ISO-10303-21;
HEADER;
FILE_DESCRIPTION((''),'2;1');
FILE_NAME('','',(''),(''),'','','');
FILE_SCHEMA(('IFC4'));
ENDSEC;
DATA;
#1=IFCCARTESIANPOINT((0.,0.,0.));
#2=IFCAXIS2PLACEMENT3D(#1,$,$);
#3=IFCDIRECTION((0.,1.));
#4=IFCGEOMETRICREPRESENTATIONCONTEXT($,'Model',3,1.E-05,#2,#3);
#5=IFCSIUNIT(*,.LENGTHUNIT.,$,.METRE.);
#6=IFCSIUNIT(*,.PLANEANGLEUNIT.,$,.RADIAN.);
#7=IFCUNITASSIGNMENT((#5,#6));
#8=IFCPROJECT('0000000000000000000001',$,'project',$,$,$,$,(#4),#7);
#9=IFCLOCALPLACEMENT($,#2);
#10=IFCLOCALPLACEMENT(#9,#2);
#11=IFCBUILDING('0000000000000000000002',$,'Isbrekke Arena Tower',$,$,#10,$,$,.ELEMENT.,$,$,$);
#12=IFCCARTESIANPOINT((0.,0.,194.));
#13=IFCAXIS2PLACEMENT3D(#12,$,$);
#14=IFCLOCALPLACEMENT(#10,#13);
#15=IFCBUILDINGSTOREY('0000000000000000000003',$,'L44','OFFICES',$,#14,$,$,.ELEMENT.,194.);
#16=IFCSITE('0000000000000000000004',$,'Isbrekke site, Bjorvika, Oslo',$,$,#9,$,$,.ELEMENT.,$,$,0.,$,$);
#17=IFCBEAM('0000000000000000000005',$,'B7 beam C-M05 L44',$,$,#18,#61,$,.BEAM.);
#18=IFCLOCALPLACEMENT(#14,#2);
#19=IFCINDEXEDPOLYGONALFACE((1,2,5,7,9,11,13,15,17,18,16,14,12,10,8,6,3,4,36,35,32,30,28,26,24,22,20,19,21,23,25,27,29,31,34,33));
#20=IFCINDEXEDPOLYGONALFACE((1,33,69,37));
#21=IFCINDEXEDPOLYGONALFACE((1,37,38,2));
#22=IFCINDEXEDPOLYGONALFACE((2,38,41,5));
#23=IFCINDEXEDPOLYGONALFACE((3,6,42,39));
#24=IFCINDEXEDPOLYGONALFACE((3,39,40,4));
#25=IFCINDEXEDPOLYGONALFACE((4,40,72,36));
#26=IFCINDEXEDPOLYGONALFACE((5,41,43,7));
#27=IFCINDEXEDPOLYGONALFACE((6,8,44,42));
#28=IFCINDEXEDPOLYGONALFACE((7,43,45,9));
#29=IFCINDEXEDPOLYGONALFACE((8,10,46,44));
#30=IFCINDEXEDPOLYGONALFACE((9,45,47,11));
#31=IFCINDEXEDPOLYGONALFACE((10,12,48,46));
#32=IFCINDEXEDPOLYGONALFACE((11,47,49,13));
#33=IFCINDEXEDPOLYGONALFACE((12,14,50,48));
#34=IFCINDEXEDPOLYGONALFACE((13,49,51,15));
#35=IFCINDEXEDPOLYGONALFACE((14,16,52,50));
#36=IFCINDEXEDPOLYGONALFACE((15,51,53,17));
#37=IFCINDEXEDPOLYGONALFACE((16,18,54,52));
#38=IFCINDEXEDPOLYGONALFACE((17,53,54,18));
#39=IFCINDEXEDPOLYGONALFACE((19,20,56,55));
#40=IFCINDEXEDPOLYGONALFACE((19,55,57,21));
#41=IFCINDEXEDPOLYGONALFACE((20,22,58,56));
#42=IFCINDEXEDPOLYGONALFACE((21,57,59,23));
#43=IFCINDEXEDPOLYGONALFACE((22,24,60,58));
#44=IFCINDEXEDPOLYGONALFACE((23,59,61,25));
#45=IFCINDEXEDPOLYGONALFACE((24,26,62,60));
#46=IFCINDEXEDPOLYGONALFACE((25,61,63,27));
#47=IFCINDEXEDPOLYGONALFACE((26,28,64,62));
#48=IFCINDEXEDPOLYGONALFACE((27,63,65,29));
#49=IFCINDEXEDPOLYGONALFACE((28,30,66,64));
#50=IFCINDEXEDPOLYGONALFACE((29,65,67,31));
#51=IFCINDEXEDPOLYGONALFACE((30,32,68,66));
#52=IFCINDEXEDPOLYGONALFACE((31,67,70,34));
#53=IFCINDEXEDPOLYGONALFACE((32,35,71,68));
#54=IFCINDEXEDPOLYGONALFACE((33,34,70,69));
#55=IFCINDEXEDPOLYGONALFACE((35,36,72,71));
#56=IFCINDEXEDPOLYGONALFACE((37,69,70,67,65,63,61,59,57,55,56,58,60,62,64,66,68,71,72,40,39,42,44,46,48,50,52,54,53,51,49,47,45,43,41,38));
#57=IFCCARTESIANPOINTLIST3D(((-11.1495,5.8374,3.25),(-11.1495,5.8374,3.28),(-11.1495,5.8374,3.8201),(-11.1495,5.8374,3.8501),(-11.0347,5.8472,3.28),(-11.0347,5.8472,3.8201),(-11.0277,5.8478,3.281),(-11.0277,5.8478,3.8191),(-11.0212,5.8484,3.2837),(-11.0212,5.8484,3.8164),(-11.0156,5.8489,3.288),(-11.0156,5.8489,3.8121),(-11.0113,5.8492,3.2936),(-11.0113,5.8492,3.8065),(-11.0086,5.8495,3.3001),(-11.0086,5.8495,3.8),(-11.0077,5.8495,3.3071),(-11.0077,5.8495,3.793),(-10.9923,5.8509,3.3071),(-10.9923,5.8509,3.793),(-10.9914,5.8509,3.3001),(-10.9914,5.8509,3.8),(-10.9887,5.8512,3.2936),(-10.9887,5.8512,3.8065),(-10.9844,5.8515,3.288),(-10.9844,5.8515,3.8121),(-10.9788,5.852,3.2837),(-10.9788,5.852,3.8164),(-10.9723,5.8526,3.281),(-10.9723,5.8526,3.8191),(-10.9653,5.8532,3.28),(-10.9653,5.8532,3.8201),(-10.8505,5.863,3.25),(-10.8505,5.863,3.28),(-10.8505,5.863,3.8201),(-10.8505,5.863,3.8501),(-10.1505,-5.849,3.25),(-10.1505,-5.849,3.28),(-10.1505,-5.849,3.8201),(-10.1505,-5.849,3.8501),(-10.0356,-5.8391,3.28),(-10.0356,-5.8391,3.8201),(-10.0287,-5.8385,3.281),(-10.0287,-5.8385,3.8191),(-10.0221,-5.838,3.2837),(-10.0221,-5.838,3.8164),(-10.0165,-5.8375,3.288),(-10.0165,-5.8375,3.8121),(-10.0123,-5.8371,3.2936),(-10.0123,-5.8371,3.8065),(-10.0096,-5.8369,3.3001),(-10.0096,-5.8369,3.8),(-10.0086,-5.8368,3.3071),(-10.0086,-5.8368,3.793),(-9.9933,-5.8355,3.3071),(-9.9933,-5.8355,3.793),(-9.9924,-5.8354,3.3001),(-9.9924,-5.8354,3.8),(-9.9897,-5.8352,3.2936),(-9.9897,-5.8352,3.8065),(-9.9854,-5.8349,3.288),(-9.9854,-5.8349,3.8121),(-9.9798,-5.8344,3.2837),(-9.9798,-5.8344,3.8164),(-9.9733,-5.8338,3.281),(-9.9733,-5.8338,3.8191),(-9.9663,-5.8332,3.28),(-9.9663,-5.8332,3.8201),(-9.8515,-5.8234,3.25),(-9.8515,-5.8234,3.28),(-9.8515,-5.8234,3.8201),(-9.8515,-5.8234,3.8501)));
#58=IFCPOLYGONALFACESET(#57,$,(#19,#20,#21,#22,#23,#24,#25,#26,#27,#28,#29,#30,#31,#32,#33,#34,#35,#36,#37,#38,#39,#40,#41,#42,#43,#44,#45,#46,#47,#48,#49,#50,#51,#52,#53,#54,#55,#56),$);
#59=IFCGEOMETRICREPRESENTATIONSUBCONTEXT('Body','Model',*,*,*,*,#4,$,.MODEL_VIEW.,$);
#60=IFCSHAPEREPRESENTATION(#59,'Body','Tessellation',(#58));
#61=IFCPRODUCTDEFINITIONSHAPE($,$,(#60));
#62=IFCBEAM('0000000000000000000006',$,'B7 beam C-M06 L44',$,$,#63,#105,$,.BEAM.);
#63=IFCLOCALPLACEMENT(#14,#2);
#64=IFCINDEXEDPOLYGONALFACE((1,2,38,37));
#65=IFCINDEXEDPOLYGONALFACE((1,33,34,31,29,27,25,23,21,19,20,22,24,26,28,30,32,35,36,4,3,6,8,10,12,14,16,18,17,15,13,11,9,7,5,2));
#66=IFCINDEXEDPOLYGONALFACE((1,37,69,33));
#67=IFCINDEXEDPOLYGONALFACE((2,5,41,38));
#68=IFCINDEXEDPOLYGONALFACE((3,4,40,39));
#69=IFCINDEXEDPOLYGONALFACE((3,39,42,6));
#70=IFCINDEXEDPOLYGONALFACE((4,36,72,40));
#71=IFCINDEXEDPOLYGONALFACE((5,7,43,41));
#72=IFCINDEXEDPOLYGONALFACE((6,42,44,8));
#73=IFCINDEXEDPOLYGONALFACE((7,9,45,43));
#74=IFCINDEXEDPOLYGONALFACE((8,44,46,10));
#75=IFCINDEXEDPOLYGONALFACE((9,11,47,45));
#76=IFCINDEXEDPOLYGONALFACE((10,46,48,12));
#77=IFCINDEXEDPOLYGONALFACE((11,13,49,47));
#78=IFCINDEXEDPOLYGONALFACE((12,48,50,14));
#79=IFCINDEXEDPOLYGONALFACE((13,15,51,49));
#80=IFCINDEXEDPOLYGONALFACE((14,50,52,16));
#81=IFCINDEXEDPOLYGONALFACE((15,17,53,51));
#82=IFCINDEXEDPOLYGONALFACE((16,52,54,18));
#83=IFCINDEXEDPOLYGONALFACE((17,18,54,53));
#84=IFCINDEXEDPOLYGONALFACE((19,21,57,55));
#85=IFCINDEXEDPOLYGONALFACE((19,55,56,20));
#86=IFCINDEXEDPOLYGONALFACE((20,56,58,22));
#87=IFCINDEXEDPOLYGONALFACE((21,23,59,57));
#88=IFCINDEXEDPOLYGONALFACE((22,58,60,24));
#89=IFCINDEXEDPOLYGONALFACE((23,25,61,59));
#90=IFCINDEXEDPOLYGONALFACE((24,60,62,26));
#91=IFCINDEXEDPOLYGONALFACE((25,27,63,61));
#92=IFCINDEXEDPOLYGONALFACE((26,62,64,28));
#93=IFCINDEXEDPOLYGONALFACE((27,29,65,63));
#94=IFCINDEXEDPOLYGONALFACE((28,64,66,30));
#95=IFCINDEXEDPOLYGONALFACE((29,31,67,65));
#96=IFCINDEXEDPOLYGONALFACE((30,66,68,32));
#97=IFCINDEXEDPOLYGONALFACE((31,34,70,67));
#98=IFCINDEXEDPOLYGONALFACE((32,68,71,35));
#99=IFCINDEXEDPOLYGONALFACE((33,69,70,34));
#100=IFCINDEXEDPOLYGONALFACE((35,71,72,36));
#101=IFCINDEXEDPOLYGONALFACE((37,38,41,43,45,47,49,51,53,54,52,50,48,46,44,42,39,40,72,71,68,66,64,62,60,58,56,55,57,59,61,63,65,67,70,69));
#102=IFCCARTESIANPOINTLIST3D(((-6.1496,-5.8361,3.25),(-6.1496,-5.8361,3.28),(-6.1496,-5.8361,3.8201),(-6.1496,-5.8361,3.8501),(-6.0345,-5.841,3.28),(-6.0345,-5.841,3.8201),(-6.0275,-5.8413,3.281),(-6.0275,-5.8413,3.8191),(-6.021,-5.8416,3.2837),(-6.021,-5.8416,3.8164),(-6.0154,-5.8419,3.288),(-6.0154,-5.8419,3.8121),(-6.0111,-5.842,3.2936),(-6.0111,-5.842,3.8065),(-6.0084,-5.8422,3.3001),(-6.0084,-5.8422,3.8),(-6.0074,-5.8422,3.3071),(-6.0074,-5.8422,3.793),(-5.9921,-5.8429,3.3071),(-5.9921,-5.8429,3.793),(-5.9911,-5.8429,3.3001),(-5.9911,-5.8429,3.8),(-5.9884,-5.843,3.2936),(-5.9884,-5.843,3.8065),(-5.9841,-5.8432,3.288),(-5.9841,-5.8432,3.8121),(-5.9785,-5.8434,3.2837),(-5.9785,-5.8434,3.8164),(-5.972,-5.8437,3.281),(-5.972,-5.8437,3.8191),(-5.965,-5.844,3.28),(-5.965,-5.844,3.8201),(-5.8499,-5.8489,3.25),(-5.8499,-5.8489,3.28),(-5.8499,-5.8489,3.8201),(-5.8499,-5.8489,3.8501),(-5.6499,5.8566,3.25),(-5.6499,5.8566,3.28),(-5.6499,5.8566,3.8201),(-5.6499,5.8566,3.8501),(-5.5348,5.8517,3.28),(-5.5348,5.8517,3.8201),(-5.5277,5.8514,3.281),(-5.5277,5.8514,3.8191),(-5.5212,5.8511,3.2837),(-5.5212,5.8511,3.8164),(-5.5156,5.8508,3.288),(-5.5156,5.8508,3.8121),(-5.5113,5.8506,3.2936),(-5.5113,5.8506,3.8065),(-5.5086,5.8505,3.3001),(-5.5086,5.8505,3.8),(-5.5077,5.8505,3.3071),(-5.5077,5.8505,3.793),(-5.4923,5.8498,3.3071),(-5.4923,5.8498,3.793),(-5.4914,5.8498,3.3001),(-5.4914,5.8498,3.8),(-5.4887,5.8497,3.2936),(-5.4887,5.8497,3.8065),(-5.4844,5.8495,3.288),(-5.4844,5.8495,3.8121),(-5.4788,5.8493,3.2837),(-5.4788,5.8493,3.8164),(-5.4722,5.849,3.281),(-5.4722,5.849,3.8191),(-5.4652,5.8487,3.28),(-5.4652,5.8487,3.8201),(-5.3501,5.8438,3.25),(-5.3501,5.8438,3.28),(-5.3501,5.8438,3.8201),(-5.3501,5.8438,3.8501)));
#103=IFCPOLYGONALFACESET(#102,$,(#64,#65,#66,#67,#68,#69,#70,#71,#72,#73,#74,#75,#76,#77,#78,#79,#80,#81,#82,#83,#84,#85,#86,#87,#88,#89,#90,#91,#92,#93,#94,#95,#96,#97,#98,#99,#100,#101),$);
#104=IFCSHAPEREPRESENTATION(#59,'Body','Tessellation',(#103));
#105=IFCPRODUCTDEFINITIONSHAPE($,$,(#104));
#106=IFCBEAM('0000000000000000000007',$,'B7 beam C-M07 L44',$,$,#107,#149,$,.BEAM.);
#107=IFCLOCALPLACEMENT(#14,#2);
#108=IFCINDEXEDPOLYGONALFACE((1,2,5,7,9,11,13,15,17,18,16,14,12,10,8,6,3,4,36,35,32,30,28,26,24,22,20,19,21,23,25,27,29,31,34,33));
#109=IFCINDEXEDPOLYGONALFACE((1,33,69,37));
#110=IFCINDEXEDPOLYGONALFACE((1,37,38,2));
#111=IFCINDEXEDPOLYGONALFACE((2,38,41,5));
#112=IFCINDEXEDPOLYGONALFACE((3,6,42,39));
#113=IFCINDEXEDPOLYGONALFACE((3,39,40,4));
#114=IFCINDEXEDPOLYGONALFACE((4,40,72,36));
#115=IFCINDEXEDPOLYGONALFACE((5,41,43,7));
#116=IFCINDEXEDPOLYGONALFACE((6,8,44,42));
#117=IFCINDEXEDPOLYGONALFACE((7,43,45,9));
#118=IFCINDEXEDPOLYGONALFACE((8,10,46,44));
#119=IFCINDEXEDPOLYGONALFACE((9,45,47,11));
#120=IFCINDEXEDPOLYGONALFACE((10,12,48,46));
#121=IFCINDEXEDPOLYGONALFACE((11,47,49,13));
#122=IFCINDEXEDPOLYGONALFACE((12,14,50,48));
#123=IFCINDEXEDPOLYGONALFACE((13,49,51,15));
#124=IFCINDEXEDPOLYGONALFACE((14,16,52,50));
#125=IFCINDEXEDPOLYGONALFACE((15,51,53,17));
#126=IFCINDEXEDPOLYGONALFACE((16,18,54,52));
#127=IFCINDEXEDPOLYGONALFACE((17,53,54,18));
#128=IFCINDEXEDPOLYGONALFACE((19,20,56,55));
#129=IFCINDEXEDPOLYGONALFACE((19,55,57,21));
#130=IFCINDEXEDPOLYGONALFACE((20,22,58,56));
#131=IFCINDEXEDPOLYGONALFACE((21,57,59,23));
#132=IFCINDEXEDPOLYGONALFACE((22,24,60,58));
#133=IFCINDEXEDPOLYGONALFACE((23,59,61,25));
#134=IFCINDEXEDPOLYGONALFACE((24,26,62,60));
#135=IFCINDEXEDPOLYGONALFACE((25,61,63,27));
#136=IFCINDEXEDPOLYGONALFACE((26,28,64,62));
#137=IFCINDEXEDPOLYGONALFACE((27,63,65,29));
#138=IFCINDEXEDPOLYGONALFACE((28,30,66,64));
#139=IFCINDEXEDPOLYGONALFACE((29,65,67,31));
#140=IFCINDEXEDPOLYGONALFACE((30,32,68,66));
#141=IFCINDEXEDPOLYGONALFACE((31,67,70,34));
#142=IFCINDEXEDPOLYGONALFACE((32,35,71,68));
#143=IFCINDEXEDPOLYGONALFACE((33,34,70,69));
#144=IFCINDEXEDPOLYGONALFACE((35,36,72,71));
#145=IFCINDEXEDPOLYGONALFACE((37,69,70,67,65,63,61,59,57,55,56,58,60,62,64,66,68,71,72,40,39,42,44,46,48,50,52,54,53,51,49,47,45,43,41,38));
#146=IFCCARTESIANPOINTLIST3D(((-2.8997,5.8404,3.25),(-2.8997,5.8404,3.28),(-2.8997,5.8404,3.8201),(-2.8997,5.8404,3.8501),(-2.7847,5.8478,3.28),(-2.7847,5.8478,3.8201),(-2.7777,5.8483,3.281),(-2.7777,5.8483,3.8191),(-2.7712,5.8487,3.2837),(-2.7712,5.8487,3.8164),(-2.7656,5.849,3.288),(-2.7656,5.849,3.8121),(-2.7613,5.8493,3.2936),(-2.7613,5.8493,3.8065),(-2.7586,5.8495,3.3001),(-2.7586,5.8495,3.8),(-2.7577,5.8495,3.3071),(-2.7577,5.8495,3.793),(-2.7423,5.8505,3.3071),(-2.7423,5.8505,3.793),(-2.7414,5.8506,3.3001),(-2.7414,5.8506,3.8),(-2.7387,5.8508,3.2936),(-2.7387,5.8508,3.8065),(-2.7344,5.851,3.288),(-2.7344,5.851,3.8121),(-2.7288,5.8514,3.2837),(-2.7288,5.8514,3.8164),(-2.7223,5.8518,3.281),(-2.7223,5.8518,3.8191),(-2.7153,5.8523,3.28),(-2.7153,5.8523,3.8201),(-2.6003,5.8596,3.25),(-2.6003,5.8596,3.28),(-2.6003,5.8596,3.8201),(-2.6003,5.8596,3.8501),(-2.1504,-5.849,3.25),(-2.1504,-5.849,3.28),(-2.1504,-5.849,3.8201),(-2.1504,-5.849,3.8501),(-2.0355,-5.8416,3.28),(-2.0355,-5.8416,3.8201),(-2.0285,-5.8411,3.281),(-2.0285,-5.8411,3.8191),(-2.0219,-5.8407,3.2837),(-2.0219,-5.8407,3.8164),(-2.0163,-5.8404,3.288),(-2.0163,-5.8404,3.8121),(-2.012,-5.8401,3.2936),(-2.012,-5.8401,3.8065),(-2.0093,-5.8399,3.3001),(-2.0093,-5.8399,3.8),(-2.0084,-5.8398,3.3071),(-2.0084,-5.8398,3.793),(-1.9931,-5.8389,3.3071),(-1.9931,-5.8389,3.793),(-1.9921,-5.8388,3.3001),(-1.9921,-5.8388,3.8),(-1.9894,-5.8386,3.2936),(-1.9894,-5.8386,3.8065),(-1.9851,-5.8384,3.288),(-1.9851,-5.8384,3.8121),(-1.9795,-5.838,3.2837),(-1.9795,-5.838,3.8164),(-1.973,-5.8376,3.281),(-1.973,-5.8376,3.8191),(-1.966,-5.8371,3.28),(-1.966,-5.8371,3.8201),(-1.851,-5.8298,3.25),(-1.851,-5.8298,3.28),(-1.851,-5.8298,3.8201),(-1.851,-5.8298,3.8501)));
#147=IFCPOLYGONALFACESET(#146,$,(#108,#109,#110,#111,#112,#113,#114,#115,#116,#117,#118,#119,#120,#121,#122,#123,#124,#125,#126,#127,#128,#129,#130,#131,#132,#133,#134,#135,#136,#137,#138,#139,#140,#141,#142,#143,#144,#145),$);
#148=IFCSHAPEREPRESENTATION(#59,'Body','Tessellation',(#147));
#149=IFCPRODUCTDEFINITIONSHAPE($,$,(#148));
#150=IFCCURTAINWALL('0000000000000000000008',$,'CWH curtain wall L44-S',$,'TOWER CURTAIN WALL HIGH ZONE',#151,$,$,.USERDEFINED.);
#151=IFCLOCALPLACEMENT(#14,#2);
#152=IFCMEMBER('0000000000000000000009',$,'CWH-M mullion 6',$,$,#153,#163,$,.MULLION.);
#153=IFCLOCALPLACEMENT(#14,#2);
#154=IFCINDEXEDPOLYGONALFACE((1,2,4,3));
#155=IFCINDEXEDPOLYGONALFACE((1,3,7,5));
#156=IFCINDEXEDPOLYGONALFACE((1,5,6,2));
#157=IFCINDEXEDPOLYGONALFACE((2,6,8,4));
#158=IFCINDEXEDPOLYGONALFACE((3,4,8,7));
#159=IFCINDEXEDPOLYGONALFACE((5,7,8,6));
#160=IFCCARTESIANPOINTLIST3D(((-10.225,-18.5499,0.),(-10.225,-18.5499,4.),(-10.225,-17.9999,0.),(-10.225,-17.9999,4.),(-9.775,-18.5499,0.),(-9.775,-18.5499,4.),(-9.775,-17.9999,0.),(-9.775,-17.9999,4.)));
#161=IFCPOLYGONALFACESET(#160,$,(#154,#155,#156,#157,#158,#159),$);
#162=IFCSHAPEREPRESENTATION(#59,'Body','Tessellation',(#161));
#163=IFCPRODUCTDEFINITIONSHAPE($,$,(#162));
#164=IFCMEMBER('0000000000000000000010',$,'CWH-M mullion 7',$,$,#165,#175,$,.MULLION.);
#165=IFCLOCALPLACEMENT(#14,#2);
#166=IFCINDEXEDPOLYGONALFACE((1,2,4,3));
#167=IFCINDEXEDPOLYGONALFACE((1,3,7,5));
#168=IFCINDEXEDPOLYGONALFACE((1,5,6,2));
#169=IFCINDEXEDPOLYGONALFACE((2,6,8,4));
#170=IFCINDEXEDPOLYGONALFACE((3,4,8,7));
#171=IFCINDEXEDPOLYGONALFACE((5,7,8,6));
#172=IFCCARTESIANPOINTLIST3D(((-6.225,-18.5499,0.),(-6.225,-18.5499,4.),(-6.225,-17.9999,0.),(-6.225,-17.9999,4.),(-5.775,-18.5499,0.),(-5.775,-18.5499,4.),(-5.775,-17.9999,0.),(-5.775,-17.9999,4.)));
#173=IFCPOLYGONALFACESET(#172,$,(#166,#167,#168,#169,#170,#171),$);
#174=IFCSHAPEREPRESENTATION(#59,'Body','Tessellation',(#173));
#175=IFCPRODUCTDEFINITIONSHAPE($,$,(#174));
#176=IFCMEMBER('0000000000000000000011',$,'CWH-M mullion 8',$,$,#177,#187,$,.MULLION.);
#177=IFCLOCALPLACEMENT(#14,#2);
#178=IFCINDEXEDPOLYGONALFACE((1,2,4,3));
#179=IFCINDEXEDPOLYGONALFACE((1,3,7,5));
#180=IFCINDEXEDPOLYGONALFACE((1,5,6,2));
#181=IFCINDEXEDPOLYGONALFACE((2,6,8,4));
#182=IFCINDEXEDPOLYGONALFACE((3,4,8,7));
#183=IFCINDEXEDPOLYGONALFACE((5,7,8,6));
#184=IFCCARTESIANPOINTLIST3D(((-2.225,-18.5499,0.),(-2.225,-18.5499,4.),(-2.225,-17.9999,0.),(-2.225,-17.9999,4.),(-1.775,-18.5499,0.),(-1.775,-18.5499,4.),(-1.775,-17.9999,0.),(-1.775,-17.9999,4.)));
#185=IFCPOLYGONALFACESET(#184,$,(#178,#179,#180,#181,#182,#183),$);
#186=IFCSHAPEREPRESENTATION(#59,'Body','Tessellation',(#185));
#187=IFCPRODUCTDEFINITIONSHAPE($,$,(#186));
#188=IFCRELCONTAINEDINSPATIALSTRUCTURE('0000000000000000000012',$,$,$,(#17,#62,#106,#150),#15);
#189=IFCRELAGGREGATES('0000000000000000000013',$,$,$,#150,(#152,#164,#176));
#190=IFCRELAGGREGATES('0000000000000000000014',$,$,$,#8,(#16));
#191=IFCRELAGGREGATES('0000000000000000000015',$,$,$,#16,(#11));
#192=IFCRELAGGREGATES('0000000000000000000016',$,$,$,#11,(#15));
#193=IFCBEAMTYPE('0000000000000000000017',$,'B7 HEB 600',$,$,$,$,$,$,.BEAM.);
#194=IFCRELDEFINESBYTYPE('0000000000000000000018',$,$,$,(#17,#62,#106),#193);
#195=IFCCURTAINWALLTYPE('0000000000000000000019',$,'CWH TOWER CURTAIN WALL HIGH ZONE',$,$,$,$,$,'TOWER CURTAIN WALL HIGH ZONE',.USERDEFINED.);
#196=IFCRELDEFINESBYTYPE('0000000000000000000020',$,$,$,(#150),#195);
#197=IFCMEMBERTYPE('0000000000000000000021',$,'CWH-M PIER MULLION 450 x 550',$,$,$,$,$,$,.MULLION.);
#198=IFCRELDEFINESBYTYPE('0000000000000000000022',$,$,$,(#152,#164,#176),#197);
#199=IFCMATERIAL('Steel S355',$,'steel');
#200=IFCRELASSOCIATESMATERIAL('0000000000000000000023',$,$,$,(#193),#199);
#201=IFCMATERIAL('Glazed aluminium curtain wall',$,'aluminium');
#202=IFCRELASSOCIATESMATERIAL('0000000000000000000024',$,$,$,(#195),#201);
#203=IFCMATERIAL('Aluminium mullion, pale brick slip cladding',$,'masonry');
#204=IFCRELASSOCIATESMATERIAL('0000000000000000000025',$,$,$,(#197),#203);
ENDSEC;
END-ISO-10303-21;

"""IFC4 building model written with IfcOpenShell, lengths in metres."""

from ifc_helpers import new_model, si_unit, direction, frame, origin, origin_2d, place, context, subcontext, project, spatial, rectangle, i_section, extrude, material, material_profile, profile_set, type_object, element, aggregate, save


model = new_model("IFC4")

# Units and contexts
model_context = context("Model", 3, precision=1e-05, world=origin(), true_north=direction((0.0, 1.0)))
body_context = subcontext(model_context, "Body", "Model", "MODEL_VIEW")
ifc_project = project(units=[si_unit("LENGTHUNIT", "METRE"), si_unit("PLANEANGLEUNIT", "RADIAN")], contexts=[model_context])

# Site, building, storey
site_placement = place(None, origin())
site = spatial("IfcSite", under=ifc_project, at=site_placement, Name="Isbrekke site, Bjorvika, Oslo", CompositionType="ELEMENT", RefElevation=0.0)
building_placement = place(site_placement, origin())
building = spatial("IfcBuilding", under=site, at=building_placement, Name="Isbrekke Arena Tower", CompositionType="ELEMENT")
storey_placement = place(building_placement, frame((0.0, 0.0, 194.0)))
storey = spatial("IfcBuildingStorey", under=building, at=storey_placement, Name="L44", Description="OFFICES", CompositionType="ELEMENT", Elevation=194.0)

# Beams
ifc_material_1 = material(Name="Steel S355", Category="steel")
ifc_material_profile_1 = material_profile(ifc_material_1, i_section(OverallWidth=0.3, OverallDepth=0.6001, WebThickness=0.0154, FlangeThickness=0.03, FilletRadius=0.0271, at=origin_2d()), Name="HEB 600")
ifc_profile_set_1 = profile_set([ifc_material_profile_1], Name="Steel S355")
beam_type_1 = type_object("IfcBeamType", Name="B7 HEB 600", PredefinedType="BEAM", material=ifc_profile_set_1)
beam_1_placement = place(storey_placement, frame((-10.001, -5.8362, 3.55), z_axis=(-0.085176, 0.996366, 0.0), x_axis=(-0.996366, -0.085176, 0.0)))
element("IfcBeam", 1, at=beam_1_placement, inside=storey, type_object=beam_type_1, Name="B7 beam C-M05 L44", PredefinedType="BEAM", context=body_context, shape_type="SweptSolid", body=[
    extrude(i_section(OverallWidth=0.3, OverallDepth=0.6001, WebThickness=0.0154, FlangeThickness=0.03, FilletRadius=0.0271, at=origin_2d()), origin(), (0.0, 0.0, 1.0), 11.729),
])
beam_2_placement = place(storey_placement, frame((-5.9998, -5.8425, 3.55), z_axis=(0.042702, 0.999088, 0.0), x_axis=(-0.999088, 0.042702, 0.0)))
element("IfcBeam", 2, at=beam_2_placement, inside=storey, type_object=beam_type_1, Name="B7 beam C-M06 L44", PredefinedType="BEAM", context=body_context, shape_type="SweptSolid", body=[
    extrude(i_section(OverallWidth=0.3, OverallDepth=0.6001, WebThickness=0.0154, FlangeThickness=0.03, FilletRadius=0.0271, at=origin_2d()), origin(), (0.0, 0.0, 1.0), 11.7034),
])
beam_3_placement = place(storey_placement, frame((-2.0007, -5.8394, 3.55), z_axis=(-0.063966, 0.997952, 0.0), x_axis=(-0.997952, -0.063966, 0.0)))
element("IfcBeam", 3, at=beam_3_placement, inside=storey, type_object=beam_type_1, Name="B7 beam C-M07 L44", PredefinedType="BEAM", context=body_context, shape_type="SweptSolid", body=[
    extrude(i_section(OverallWidth=0.3, OverallDepth=0.6001, WebThickness=0.0154, FlangeThickness=0.03, FilletRadius=0.0271, at=origin_2d()), origin(), (0.0, 0.0, 1.0), 11.7134),
])

# Curtain wall, members
ifc_material_2 = material(Name="Glazed aluminium curtain wall", Category="aluminium")
curtain_wall_type = type_object("IfcCurtainWallType", Name="CWH TOWER CURTAIN WALL HIGH ZONE", ElementType="TOWER CURTAIN WALL HIGH ZONE", PredefinedType="USERDEFINED", material=ifc_material_2)
curtain_wall_placement = place(storey_placement, origin())
curtain_wall = element("IfcCurtainWall", 4, at=curtain_wall_placement, inside=storey, type_object=curtain_wall_type, Name="CWH curtain wall L44-S", ObjectType="TOWER CURTAIN WALL HIGH ZONE", PredefinedType="USERDEFINED")
ifc_material_3 = material(Name="Aluminium mullion, pale brick slip cladding", Category="masonry")
ifc_material_profile_2 = material_profile(ifc_material_3, rectangle(XDim=0.45, YDim=0.55, at=origin_2d()), Name="PIER 450X550")
ifc_profile_set_2 = profile_set([ifc_material_profile_2], Name="Aluminium mullion, pale brick slip cladding")
member_type_1 = type_object("IfcMemberType", Name="CWH-M PIER MULLION 450 x 550", PredefinedType="MULLION", material=ifc_profile_set_2)
member_1_placement = place(storey_placement, frame((-10.0, -18.2749, 0.0), z_axis=(0.0, 0.0, 1.0), x_axis=(1.0, 0.0, 0.0)))
member_1 = element("IfcMember", 5, at=member_1_placement, type_object=member_type_1, Name="CWH-M mullion 6", PredefinedType="MULLION", context=body_context, shape_type="SweptSolid", body=[
    extrude(rectangle(XDim=0.45, YDim=0.55, at=origin_2d()), origin(), (0.0, 0.0, 1.0), 4.0),
])
member_2_placement = place(storey_placement, frame((-6.0, -18.2749, 0.0), z_axis=(0.0, 0.0, 1.0), x_axis=(1.0, 0.0, 0.0)))
member_2 = element("IfcMember", 6, at=member_2_placement, type_object=member_type_1, Name="CWH-M mullion 7", PredefinedType="MULLION", context=body_context, shape_type="SweptSolid", body=[
    extrude(rectangle(XDim=0.45, YDim=0.55, at=origin_2d()), origin(), (0.0, 0.0, 1.0), 4.0),
])
member_3_placement = place(storey_placement, frame((-2.0, -18.2749, 0.0), z_axis=(0.0, 0.0, 1.0), x_axis=(1.0, 0.0, 0.0)))
member_3 = element("IfcMember", 7, at=member_3_placement, type_object=member_type_1, Name="CWH-M mullion 8", PredefinedType="MULLION", context=body_context, shape_type="SweptSolid", body=[
    extrude(rectangle(XDim=0.45, YDim=0.55, at=origin_2d()), origin(), (0.0, 0.0, 1.0), 4.0),
])

aggregate(curtain_wall, [member_1, member_2, member_3])

save(model, "model.ifc")
